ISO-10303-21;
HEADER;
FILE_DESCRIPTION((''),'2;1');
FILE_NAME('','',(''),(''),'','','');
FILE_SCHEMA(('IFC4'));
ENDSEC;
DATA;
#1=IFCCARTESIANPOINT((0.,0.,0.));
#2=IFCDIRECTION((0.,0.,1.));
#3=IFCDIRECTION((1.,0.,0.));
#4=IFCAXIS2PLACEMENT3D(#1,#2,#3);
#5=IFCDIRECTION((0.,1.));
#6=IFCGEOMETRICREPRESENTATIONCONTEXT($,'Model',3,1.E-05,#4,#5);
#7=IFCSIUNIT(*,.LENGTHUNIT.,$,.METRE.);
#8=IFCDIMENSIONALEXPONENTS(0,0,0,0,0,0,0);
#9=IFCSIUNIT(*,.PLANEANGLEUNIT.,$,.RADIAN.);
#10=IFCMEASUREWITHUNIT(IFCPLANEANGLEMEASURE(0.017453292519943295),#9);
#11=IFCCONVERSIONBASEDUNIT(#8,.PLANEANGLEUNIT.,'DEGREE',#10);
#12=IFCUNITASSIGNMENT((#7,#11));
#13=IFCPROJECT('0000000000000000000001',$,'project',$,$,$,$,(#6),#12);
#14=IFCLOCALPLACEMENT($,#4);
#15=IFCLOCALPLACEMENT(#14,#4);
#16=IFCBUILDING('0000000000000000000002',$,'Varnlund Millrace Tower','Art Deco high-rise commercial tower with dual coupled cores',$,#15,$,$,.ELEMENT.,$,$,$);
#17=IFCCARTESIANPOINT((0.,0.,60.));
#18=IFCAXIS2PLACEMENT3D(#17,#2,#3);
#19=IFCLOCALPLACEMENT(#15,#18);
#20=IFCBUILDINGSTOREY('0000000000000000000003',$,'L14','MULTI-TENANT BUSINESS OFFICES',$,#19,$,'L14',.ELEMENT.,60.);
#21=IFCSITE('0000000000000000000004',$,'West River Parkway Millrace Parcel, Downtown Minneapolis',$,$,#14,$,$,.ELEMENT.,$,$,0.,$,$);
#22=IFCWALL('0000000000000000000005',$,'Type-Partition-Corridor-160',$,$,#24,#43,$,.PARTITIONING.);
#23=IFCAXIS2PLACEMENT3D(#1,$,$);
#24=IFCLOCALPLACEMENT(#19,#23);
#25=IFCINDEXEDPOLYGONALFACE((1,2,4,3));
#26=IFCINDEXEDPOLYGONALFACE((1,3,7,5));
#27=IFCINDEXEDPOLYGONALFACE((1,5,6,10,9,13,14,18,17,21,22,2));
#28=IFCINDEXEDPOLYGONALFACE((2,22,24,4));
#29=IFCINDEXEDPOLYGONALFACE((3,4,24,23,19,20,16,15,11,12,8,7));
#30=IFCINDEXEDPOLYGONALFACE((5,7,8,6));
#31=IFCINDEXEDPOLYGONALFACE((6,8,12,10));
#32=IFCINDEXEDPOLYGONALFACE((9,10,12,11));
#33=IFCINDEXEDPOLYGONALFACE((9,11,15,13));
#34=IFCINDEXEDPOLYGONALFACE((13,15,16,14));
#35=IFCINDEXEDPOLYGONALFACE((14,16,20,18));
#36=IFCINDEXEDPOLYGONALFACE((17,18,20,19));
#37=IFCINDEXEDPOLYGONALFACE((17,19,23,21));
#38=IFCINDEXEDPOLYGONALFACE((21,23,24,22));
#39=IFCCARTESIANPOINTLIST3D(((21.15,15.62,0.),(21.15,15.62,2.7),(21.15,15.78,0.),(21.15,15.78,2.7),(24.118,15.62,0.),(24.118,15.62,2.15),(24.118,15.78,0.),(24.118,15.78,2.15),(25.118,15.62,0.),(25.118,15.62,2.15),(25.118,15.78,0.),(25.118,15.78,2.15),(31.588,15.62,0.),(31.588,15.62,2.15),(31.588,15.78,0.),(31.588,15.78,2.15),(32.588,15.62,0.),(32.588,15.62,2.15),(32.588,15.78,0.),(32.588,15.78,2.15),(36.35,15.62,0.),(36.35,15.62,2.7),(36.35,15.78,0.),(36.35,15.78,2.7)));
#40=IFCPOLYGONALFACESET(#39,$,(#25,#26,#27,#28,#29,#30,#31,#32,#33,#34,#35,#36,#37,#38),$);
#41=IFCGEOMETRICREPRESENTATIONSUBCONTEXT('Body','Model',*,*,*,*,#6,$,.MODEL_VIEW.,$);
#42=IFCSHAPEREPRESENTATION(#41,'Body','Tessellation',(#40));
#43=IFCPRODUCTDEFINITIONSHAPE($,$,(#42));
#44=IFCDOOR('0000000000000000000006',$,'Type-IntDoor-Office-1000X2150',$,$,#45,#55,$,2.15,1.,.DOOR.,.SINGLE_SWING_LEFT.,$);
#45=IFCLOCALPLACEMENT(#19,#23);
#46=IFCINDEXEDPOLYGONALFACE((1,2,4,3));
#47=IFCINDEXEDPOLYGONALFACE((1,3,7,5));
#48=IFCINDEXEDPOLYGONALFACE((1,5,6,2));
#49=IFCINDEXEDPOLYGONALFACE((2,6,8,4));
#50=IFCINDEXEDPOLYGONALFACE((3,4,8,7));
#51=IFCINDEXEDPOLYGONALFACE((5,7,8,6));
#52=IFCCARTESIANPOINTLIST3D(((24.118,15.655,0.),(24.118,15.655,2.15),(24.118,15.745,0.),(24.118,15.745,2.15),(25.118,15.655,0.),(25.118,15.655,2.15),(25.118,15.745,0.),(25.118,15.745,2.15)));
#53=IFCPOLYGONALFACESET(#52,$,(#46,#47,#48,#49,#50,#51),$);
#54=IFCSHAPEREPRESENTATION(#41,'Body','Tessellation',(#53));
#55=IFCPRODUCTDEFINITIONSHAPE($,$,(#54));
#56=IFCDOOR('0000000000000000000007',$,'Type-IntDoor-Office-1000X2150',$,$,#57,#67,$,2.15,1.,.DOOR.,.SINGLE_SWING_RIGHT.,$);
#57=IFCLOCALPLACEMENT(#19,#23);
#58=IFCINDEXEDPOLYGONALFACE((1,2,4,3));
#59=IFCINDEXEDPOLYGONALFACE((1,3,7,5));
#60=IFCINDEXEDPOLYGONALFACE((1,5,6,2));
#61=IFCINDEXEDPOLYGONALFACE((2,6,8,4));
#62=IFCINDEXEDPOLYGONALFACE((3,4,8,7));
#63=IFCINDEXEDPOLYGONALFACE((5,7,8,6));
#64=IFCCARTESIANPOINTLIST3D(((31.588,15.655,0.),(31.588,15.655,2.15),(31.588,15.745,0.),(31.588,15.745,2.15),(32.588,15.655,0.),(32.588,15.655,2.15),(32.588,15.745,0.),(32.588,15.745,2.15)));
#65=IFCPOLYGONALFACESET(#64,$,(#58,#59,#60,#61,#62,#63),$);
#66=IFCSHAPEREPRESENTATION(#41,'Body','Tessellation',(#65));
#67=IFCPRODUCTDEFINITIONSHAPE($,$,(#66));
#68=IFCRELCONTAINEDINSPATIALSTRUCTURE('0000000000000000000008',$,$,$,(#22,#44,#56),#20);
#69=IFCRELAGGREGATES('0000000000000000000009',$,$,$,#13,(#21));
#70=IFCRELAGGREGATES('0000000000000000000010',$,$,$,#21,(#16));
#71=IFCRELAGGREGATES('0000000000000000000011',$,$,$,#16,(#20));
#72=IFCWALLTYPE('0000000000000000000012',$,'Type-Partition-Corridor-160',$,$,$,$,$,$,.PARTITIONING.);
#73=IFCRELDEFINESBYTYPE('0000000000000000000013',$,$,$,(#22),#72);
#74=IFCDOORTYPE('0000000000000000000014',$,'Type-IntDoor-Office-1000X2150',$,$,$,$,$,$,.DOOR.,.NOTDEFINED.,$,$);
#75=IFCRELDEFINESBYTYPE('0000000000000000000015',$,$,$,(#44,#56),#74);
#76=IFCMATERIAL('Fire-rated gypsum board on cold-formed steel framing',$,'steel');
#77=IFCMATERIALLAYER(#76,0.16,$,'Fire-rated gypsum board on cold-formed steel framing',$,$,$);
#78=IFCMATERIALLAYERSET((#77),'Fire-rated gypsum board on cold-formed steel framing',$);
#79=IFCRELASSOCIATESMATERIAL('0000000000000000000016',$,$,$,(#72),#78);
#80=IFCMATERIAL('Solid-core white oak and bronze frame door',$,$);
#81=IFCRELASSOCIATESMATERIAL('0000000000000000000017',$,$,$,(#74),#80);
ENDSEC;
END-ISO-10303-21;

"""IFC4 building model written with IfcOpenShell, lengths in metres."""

from ifc_helpers import new_model, entity, si_unit, converted_unit, direction, frame, origin_with_axes, origin_2d_with_axis, place, context, subcontext, project, spatial, polyline, rectangle, outline, extrude, material, layer, layer_set, type_object, element, fill, save


model = new_model("IFC4")

# Units and contexts
model_context = context("Model", 3, precision=1e-05, world=origin_with_axes(), true_north=direction((0.0, 1.0)))
body_context = subcontext(model_context, "Body", "Model", "MODEL_VIEW")
ifc_project = project(units=[si_unit("LENGTHUNIT", "METRE"), converted_unit("PLANEANGLEUNIT", "DEGREE", entity("IfcPlaneAngleMeasure", 0.017453292519943295), si_unit("PLANEANGLEUNIT", "RADIAN"), dimensions=[0, 0, 0, 0, 0, 0, 0])], contexts=[model_context])

# Site, building, storey
site_placement = place(None, origin_with_axes())
site = spatial("IfcSite", under=ifc_project, at=site_placement, Name="West River Parkway Millrace Parcel, Downtown Minneapolis", CompositionType="ELEMENT", RefElevation=0.0)
building_placement = place(site_placement, origin_with_axes())
building = spatial("IfcBuilding", under=site, at=building_placement, Name="Varnlund Millrace Tower", Description="Art Deco high-rise commercial tower with dual coupled cores", CompositionType="ELEMENT")
storey_placement = place(building_placement, frame((0.0, 0.0, 60.0), z_axis=(0.0, 0.0, 1.0), x_axis=(1.0, 0.0, 0.0)))
storey = spatial("IfcBuildingStorey", under=building, at=storey_placement, Name="L14", Description="MULTI-TENANT BUSINESS OFFICES", LongName="L14", CompositionType="ELEMENT", Elevation=60.0)

# Shared definitions
ifc_material_1 = material(Name="Fire-rated gypsum board on cold-formed steel framing", Category="steel")
ifc_layer = layer(ifc_material_1, 0.16, Name="Fire-rated gypsum board on cold-formed steel framing")
ifc_layer_set = layer_set([ifc_layer], Name="Fire-rated gypsum board on cold-formed steel framing")
wall_type = type_object("IfcWallType", Name="Type-Partition-Corridor-160", PredefinedType="PARTITIONING", material=ifc_layer_set)

# Wall, openings, doors
wall_1_placement = place(storey_placement, frame((21.15, 15.7, 0.0), z_axis=(0.0, 0.0, 1.0), x_axis=(1.0, 0.0, 0.0)))
wall_1 = element("IfcWall", 1, at=wall_1_placement, inside=storey, type_object=wall_type, Name="Type-Partition-Corridor-160", PredefinedType="PARTITIONING", context=body_context, shape_type="SweptSolid", body=[
    extrude(outline(polyline([(0.0, -0.08), (15.2, -0.08), (15.2, 0.08), (0.0, 0.08), (0.0, -0.08)])), origin_with_axes(), (0.0, 0.0, 1.0), 2.7),
])
opening_1_placement = place(wall_1_placement, frame((3.468, 0.0, 0.0), z_axis=(0.0, 0.0, 1.0), x_axis=(1.0, 0.0, 0.0)))
opening_1 = element("IfcOpeningElement", 2, at=opening_1_placement, cuts=wall_1, PredefinedType="OPENING", context=body_context, shape_type="SweptSolid", body=[
    extrude(rectangle(XDim=1.0, YDim=0.18, at=origin_2d_with_axis()), origin_with_axes(), (0.0, 0.0, 1.0), 2.15),
])
opening_2_placement = place(wall_1_placement, frame((10.938, 0.0, 0.0), z_axis=(0.0, 0.0, 1.0), x_axis=(1.0, 0.0, 0.0)))
opening_2 = element("IfcOpeningElement", 3, at=opening_2_placement, cuts=wall_1, PredefinedType="OPENING", context=body_context, shape_type="SweptSolid", body=[
    extrude(rectangle(XDim=1.0, YDim=0.18, at=origin_2d_with_axis()), origin_with_axes(), (0.0, 0.0, 1.0), 2.15),
])
ifc_material_2 = material(Name="Solid-core white oak and bronze frame door")
door_type = type_object("IfcDoorType", Name="Type-IntDoor-Office-1000X2150", OperationType="NOTDEFINED", PredefinedType="DOOR", material=ifc_material_2)
door_1_placement = place(wall_1_placement, frame((3.468, 0.0, 0.0), z_axis=(0.0, 0.0, 1.0), x_axis=(1.0, 0.0, 0.0)))
door_1 = element("IfcDoor", 4, at=door_1_placement, inside=storey, type_object=door_type, Name="Type-IntDoor-Office-1000X2150", OperationType="SINGLE_SWING_LEFT", OverallHeight=2.15, OverallWidth=1.0, PredefinedType="DOOR", context=body_context, shape_type="SweptSolid", body=[
    extrude(rectangle(XDim=1.0, YDim=0.09, at=origin_2d_with_axis()), origin_with_axes(), (0.0, 0.0, 1.0), 2.15),
])
fill(opening_1, door_1)
door_2_placement = place(wall_1_placement, frame((10.938, 0.0, 0.0), z_axis=(0.0, 0.0, 1.0), x_axis=(1.0, 0.0, 0.0)))
door_2 = element("IfcDoor", 5, at=door_2_placement, inside=storey, type_object=door_type, Name="Type-IntDoor-Office-1000X2150", OperationType="SINGLE_SWING_RIGHT", OverallHeight=2.15, OverallWidth=1.0, PredefinedType="DOOR", context=body_context, shape_type="SweptSolid", body=[
    extrude(rectangle(XDim=1.0, YDim=0.09, at=origin_2d_with_axis()), origin_with_axes(), (0.0, 0.0, 1.0), 2.15),
])
fill(opening_2, door_2)

save(model, "model.ifc")
